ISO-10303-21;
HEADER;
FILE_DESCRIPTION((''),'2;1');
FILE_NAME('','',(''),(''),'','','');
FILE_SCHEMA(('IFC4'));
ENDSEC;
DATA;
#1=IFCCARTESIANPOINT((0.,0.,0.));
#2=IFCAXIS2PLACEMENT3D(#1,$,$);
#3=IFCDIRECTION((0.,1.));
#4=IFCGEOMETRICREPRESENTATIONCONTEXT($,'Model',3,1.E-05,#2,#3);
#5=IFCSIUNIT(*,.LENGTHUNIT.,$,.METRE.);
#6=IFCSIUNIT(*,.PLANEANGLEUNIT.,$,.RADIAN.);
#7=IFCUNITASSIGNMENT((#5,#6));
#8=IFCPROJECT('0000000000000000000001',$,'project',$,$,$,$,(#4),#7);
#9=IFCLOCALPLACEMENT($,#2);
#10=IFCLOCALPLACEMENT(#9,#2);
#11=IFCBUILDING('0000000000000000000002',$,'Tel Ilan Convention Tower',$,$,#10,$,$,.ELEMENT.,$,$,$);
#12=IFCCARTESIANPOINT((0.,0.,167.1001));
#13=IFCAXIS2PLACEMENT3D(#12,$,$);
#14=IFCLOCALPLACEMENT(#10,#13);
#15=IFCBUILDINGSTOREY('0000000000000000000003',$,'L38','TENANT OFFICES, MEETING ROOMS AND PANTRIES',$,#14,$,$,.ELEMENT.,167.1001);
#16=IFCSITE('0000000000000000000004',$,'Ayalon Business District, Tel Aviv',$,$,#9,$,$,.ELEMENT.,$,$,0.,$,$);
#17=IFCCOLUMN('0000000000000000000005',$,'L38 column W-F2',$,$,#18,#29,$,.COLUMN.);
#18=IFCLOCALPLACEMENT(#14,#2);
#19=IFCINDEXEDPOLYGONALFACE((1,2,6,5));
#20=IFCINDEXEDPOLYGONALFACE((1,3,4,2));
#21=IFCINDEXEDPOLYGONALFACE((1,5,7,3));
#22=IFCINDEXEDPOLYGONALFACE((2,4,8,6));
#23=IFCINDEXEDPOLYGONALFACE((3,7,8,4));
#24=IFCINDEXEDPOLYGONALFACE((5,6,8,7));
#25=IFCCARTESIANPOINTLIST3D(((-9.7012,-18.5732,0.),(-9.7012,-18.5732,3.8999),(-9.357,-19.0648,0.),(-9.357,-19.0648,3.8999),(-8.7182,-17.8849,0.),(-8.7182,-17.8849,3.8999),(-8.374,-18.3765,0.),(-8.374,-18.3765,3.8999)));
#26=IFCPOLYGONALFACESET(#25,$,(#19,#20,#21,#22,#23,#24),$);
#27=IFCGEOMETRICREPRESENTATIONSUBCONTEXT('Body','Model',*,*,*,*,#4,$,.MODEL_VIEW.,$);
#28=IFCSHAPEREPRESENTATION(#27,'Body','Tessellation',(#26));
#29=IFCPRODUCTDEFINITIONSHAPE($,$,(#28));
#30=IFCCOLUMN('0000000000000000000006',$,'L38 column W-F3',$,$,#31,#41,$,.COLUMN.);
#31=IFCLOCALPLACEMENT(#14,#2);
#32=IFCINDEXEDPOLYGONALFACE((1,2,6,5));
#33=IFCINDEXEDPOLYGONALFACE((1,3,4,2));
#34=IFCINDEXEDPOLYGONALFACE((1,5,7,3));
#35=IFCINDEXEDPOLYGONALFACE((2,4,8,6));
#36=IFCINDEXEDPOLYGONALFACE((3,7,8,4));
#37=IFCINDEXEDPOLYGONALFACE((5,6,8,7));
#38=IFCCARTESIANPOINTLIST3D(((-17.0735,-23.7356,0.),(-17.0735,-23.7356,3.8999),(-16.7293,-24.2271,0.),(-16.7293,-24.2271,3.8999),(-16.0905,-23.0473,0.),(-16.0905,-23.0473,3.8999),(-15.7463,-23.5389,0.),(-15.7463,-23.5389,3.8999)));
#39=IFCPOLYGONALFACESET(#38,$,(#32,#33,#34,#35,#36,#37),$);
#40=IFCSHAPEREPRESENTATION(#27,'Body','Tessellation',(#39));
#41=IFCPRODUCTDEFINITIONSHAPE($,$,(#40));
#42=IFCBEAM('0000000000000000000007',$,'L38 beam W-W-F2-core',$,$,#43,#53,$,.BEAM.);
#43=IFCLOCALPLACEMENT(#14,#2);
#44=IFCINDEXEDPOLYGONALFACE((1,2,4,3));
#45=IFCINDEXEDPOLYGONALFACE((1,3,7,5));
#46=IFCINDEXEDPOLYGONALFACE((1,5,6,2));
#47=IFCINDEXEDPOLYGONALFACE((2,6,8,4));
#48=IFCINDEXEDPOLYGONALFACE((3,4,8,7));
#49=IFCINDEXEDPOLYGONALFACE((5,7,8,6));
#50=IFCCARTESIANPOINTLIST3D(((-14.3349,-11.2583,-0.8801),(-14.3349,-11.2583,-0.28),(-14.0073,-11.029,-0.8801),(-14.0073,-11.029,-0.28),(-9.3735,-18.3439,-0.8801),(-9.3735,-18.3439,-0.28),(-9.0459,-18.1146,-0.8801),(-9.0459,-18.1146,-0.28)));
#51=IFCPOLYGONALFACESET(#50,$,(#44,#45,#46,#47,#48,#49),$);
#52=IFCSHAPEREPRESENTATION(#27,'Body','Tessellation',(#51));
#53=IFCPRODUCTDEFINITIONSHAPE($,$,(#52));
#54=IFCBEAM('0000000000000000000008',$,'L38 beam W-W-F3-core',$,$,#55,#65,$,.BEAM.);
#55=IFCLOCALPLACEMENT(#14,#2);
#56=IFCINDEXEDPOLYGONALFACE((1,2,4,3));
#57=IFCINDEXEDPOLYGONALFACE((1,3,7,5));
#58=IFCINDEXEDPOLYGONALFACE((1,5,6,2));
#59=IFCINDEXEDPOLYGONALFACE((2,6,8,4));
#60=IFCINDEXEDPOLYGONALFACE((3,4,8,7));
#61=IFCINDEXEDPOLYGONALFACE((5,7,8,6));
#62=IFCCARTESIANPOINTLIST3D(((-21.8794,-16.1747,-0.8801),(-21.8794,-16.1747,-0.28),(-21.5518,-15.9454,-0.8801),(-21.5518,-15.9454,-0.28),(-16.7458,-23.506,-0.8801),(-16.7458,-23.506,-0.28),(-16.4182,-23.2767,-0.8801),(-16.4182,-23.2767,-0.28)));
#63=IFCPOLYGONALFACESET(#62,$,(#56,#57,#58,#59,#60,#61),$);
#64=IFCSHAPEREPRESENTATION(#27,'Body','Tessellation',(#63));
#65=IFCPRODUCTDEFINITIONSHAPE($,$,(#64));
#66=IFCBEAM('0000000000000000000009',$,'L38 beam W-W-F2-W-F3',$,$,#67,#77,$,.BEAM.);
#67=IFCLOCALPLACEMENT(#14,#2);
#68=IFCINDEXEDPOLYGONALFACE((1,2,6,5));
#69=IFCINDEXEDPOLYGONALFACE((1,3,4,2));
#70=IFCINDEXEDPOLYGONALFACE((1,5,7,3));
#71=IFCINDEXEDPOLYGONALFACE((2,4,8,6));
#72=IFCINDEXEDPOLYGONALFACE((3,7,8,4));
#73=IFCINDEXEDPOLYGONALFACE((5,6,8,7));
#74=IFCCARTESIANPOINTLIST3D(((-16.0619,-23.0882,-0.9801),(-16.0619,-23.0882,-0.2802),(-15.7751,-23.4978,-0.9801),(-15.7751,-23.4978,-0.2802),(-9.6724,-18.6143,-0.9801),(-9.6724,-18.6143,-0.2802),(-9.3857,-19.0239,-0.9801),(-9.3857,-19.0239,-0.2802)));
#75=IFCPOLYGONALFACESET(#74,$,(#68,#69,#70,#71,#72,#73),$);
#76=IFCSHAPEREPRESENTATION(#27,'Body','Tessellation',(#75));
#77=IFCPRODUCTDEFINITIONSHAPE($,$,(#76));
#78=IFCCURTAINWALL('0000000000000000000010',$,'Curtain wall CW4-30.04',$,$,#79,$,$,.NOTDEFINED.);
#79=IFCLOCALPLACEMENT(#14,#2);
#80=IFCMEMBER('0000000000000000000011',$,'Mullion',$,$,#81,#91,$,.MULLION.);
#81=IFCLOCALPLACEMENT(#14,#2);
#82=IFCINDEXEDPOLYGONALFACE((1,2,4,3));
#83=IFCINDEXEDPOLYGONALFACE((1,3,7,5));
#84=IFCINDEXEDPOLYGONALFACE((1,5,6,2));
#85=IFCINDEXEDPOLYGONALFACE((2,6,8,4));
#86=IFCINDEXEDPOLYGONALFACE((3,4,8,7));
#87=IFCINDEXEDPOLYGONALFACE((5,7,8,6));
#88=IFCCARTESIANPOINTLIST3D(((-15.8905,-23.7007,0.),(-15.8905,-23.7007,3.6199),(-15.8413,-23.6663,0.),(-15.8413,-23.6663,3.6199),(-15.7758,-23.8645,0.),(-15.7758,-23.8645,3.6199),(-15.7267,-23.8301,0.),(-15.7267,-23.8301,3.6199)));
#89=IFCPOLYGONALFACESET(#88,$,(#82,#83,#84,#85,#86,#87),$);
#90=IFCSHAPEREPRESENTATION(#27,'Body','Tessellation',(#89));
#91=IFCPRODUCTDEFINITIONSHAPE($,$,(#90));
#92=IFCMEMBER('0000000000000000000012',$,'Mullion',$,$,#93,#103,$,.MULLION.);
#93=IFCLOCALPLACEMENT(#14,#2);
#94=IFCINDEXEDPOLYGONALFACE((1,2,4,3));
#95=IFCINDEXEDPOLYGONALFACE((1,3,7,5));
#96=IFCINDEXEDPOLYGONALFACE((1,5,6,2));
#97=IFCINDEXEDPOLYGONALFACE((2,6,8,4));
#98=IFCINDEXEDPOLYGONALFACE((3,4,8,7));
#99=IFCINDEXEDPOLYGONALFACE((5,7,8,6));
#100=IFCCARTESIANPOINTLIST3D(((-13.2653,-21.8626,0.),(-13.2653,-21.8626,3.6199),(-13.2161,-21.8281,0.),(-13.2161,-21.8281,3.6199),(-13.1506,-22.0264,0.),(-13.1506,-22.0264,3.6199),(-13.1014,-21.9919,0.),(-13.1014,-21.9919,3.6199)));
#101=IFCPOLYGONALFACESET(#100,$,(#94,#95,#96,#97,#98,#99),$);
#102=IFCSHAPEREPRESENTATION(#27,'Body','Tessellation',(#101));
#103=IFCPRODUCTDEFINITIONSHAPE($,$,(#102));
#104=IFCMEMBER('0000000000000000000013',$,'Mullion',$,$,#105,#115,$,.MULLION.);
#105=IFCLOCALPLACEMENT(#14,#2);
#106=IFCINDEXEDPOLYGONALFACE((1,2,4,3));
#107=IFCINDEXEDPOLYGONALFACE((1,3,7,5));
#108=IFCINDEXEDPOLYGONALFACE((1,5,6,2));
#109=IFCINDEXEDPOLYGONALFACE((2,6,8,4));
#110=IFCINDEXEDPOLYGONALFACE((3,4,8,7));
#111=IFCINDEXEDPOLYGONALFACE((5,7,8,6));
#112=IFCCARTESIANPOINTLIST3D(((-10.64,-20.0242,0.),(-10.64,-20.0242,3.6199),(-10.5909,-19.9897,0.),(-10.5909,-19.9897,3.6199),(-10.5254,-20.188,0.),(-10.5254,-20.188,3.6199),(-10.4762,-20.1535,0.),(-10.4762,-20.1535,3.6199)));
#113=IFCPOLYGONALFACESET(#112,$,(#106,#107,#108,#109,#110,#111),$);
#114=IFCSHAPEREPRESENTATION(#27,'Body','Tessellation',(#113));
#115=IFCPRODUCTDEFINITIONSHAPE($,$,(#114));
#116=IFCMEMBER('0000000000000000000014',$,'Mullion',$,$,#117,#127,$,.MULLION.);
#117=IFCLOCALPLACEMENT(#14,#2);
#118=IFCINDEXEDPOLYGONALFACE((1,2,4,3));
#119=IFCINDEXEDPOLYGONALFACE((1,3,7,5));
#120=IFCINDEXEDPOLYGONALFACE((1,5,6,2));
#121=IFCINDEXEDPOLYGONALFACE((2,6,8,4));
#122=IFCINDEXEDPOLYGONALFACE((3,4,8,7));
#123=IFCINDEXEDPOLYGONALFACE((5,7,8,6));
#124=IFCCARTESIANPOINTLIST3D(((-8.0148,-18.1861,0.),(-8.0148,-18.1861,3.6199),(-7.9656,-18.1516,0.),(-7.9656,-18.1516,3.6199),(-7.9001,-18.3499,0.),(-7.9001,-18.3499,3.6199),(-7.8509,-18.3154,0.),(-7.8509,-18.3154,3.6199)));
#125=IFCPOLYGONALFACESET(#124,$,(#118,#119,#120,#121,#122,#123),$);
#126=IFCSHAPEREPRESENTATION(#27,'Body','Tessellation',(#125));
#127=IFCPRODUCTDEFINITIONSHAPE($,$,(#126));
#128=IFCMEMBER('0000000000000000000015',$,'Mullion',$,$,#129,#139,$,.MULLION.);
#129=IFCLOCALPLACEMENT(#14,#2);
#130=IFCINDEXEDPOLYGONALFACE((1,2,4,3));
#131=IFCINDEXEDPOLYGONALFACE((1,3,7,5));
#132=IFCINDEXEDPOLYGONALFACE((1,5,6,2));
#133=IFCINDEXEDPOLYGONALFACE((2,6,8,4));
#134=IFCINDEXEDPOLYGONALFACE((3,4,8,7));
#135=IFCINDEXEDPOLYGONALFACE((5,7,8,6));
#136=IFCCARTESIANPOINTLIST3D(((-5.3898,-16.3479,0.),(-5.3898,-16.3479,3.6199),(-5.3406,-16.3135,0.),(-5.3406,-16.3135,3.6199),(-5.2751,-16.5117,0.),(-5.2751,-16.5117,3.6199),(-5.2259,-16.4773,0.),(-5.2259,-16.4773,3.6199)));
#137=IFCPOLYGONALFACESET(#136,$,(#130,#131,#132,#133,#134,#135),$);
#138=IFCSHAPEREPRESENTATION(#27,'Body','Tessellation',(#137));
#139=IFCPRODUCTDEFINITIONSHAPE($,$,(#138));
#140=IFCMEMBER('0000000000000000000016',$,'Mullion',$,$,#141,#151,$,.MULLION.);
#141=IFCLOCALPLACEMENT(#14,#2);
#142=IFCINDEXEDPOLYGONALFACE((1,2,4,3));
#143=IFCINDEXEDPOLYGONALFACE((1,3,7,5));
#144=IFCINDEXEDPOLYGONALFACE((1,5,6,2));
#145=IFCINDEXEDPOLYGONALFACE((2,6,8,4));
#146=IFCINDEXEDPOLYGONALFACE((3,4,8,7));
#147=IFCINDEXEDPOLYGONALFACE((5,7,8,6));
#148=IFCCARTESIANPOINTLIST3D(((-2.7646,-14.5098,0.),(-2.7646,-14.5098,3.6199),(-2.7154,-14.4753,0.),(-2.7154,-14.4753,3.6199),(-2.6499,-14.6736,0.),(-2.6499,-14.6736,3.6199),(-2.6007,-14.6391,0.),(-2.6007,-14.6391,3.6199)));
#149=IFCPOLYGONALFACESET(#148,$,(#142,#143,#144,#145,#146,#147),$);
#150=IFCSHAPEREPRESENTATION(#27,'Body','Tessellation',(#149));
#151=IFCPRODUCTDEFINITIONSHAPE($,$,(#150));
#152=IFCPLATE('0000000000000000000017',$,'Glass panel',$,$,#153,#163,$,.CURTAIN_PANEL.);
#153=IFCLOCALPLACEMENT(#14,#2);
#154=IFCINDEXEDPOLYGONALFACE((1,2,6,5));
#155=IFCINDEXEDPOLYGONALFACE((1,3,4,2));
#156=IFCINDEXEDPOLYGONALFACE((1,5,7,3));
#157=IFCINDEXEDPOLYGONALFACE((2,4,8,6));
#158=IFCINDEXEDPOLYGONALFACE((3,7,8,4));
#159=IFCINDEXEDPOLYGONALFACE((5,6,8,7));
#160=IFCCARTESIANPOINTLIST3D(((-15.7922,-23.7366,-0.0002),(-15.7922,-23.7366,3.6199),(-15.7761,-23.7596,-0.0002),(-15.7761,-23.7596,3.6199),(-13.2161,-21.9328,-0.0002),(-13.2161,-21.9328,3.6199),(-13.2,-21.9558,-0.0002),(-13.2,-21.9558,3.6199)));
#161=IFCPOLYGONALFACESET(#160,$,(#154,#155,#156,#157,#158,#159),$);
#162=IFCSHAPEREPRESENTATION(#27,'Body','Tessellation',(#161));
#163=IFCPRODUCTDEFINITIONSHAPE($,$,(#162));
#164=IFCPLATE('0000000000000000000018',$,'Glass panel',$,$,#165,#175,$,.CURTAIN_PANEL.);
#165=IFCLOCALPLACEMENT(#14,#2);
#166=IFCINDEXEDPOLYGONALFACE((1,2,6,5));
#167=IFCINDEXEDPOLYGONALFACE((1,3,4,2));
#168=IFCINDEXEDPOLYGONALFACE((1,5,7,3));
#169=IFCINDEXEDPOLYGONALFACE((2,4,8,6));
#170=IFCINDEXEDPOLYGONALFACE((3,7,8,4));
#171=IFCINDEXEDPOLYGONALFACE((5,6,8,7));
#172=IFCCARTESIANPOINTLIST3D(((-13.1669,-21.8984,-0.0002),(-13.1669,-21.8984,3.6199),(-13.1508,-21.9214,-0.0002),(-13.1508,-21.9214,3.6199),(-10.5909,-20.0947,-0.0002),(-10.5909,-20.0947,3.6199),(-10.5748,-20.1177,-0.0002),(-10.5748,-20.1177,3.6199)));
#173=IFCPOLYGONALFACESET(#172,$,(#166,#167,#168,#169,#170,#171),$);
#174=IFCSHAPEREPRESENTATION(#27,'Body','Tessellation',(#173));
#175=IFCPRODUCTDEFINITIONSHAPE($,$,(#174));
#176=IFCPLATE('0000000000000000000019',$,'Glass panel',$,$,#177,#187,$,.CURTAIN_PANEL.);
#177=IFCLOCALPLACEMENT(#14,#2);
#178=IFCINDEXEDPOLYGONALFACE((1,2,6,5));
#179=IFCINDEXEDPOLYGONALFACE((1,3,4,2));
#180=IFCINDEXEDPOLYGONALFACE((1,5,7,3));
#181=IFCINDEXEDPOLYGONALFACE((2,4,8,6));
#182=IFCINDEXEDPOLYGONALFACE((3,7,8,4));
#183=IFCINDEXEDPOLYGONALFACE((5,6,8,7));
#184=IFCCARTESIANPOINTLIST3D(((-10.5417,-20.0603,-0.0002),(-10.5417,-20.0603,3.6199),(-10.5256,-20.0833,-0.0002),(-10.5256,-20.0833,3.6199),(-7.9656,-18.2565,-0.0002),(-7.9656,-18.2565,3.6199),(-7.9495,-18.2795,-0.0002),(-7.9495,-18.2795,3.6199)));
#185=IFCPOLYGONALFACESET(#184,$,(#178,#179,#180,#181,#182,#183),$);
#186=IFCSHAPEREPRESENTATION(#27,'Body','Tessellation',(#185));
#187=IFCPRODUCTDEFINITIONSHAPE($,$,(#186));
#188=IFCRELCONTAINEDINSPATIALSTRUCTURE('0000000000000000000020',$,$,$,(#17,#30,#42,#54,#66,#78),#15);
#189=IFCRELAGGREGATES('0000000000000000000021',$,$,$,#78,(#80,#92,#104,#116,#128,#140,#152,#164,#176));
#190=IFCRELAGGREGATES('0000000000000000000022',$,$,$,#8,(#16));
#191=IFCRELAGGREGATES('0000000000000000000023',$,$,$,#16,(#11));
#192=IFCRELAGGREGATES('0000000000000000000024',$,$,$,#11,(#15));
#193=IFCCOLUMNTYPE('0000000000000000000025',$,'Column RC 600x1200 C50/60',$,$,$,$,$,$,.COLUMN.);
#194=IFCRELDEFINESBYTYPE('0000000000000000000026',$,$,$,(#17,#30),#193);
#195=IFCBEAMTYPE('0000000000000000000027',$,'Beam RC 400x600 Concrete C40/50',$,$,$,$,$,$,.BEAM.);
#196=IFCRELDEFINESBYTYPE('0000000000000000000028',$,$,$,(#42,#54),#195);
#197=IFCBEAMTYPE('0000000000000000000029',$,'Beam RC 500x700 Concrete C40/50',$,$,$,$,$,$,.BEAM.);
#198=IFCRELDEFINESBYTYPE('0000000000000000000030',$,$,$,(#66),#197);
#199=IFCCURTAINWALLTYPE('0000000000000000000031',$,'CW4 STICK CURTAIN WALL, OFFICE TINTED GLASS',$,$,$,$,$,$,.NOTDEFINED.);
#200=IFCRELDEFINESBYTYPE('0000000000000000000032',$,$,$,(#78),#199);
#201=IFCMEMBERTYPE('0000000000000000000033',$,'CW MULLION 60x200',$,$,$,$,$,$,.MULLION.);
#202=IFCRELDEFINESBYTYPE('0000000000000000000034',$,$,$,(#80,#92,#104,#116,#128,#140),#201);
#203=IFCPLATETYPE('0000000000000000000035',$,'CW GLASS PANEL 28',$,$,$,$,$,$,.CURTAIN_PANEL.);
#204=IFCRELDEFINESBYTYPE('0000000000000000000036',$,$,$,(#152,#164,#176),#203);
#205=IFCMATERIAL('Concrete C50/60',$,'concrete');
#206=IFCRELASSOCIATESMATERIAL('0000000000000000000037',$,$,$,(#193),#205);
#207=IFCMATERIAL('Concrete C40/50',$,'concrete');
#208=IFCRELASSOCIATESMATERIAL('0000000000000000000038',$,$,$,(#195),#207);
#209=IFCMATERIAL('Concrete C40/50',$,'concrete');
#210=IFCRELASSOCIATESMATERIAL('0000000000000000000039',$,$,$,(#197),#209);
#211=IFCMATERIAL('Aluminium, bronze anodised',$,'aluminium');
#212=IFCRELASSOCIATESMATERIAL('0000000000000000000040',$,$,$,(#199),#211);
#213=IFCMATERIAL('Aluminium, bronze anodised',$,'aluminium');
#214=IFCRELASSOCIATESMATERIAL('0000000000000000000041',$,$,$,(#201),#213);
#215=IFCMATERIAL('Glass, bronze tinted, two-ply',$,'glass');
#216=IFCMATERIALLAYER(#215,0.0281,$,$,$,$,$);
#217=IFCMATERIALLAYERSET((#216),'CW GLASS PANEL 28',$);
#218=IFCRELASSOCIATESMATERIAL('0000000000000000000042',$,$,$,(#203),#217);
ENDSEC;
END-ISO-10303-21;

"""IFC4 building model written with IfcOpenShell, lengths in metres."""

from ifc_helpers import new_model, si_unit, direction, frame, origin, origin_2d, place, context, subcontext, project, spatial, rectangle, extrude, material, layer, layer_set, material_profile, profile_set, type_object, element, aggregate, save


model = new_model("IFC4")

# Units and contexts
model_context = context("Model", 3, precision=1e-05, world=origin(), true_north=direction((0.0, 1.0)))
body_context = subcontext(model_context, "Body", "Model", "MODEL_VIEW")
ifc_project = project(units=[si_unit("LENGTHUNIT", "METRE"), si_unit("PLANEANGLEUNIT", "RADIAN")], contexts=[model_context])

# Site, building, storey
site_placement = place(None, origin())
site = spatial("IfcSite", under=ifc_project, at=site_placement, Name="Ayalon Business District, Tel Aviv", CompositionType="ELEMENT", RefElevation=0.0)
building_placement = place(site_placement, origin())
building = spatial("IfcBuilding", under=site, at=building_placement, Name="Tel Ilan Convention Tower", CompositionType="ELEMENT")
storey_placement = place(building_placement, frame((0.0, 0.0, 167.1001)))
storey = spatial("IfcBuildingStorey", under=building, at=storey_placement, Name="L38", Description="TENANT OFFICES, MEETING ROOMS AND PANTRIES", CompositionType="ELEMENT", Elevation=167.1001)

# Columns
ifc_material_1 = material(Name="Concrete C50/60", Category="concrete")
ifc_material_profile_1 = material_profile(ifc_material_1, rectangle(XDim=1.2, YDim=0.6001, at=origin_2d()), Name="RC 600x1200")
ifc_profile_set_1 = profile_set([ifc_material_profile_1], Name="Concrete C50/60")
column_type = type_object("IfcColumnType", Name="Column RC 600x1200 C50/60", PredefinedType="COLUMN", material=ifc_profile_set_1)
for number, where, z_axis, x_axis, name in (
    (1, (-9.0376, -18.4749, 0.0), (0.0, 0.0, 1.0), (-0.819152, -0.573576, 0.0), "L38 column W-F2"),
    (2, (-16.4099, -23.6372, 0.0), (0.0, 0.0, 1.0), (-0.819152, -0.573576, 0.0), "L38 column W-F3"),
):
    element("IfcColumn", number, at=place(storey_placement, frame(where, z_axis=z_axis, x_axis=x_axis)), inside=storey, type_object=column_type, Name=name, PredefinedType="COLUMN", context=body_context, shape_type="SweptSolid", body=[
        extrude(rectangle(XDim=1.2, YDim=0.6001, at=origin_2d()), origin(), (0.0, 0.0, 1.0), 3.8999),
    ])

# Beams
ifc_material_2 = material(Name="Concrete C40/50", Category="concrete")
ifc_material_profile_2 = material_profile(ifc_material_2, rectangle(XDim=0.3999, YDim=0.6001, at=origin_2d()), Name="RC 400x600")
ifc_profile_set_2 = profile_set([ifc_material_profile_2], Name="Concrete C40/50")
beam_type_1 = type_object("IfcBeamType", Name="Beam RC 400x600 Concrete C40/50", PredefinedType="BEAM", material=ifc_profile_set_2)
beam_1_placement = place(storey_placement, frame((-9.2097, -18.2292, -0.5801), z_axis=(-0.573574, 0.819154, 0.0), x_axis=(-0.819154, -0.573574, 0.0)))
element("IfcBeam", 3, at=beam_1_placement, inside=storey, type_object=beam_type_1, Name="L38 beam W-W-F2-core", PredefinedType="BEAM", context=body_context, shape_type="SweptSolid", body=[
    extrude(rectangle(XDim=0.3999, YDim=0.6001, at=origin_2d()), origin(), (0.0, 0.0, 1.0), 8.6499),
])
beam_2_placement = place(storey_placement, frame((-16.582, -23.3914, -0.5801), z_axis=(-0.573585, 0.819146, 0.0), x_axis=(-0.819146, -0.573585, 0.0)))
element("IfcBeam", 4, at=beam_2_placement, inside=storey, type_object=beam_type_1, Name="L38 beam W-W-F3-core", PredefinedType="BEAM", context=body_context, shape_type="SweptSolid", body=[
    extrude(rectangle(XDim=0.3999, YDim=0.6001, at=origin_2d()), origin(), (0.0, 0.0, 1.0), 8.95),
])
ifc_material_3 = material(Name="Concrete C40/50", Category="concrete")
ifc_material_profile_3 = material_profile(ifc_material_3, rectangle(XDim=0.5, YDim=0.7, at=origin_2d()), Name="RC 500x700")
ifc_profile_set_3 = profile_set([ifc_material_profile_3], Name="Concrete C40/50")
beam_type_2 = type_object("IfcBeamType", Name="Beam RC 500x700 Concrete C40/50", PredefinedType="BEAM", material=ifc_profile_set_3)
beam_3_placement = place(storey_placement, frame((-9.5291, -18.8191, -0.6301), z_axis=(-0.819154, -0.573574, 0.0), x_axis=(0.573574, -0.819154, 0.0)))
element("IfcBeam", 5, at=beam_3_placement, inside=storey, type_object=beam_type_2, Name="L38 beam W-W-F2-W-F3", PredefinedType="BEAM", context=body_context, shape_type="SweptSolid", body=[
    extrude(rectangle(XDim=0.5, YDim=0.7, at=origin_2d()), origin(), (0.0, 0.0, 1.0), 7.8),
])

# Curtain wall, members, plates
ifc_material_4 = material(Name="Aluminium, bronze anodised", Category="aluminium")
curtain_wall_type = type_object("IfcCurtainWallType", Name="CW4 STICK CURTAIN WALL, OFFICE TINTED GLASS", PredefinedType="NOTDEFINED", material=ifc_material_4)
curtain_wall_placement = place(storey_placement, origin())
curtain_wall = element("IfcCurtainWall", 6, at=curtain_wall_placement, inside=storey, type_object=curtain_wall_type, Name="Curtain wall CW4-30.04", PredefinedType="NOTDEFINED")
ifc_material_5 = material(Name="Aluminium, bronze anodised", Category="aluminium")
ifc_material_profile_4 = material_profile(ifc_material_5, rectangle(XDim=0.0601, YDim=0.2, at=origin_2d()), Name="CW MULLION 60x200")
ifc_profile_set_4 = profile_set([ifc_material_profile_4], Name="Aluminium, bronze anodised")
member_type = type_object("IfcMemberType", Name="CW MULLION 60x200", PredefinedType="MULLION", material=ifc_profile_set_4)
member_1_placement = place(storey_placement, frame((-15.8086, -23.7654, 0.0), z_axis=(0.0, 0.0, 1.0), x_axis=(0.819152, 0.573576, 0.0)))
member_1 = element("IfcMember", 7, at=member_1_placement, type_object=member_type, Name="Mullion", PredefinedType="MULLION", context=body_context, shape_type="SweptSolid", body=[
    extrude(rectangle(XDim=0.0601, YDim=0.2, at=origin_2d()), origin(), (0.0, 0.0, 1.0), 3.6199),
])
member_2_placement = place(storey_placement, frame((-13.1833, -21.9272, 0.0), z_axis=(0.0, 0.0, 1.0), x_axis=(0.819152, 0.573576, 0.0)))
member_2 = element("IfcMember", 8, at=member_2_placement, type_object=member_type, Name="Mullion", PredefinedType="MULLION", context=body_context, shape_type="SweptSolid", body=[
    extrude(rectangle(XDim=0.0601, YDim=0.2, at=origin_2d()), origin(), (0.0, 0.0, 1.0), 3.6199),
])
member_3_placement = place(storey_placement, frame((-10.5581, -20.0889, 0.0), z_axis=(0.0, 0.0, 1.0), x_axis=(0.819152, 0.573576, 0.0)))
member_3 = element("IfcMember", 9, at=member_3_placement, type_object=member_type, Name="Mullion", PredefinedType="MULLION", context=body_context, shape_type="SweptSolid", body=[
    extrude(rectangle(XDim=0.0601, YDim=0.2, at=origin_2d()), origin(), (0.0, 0.0, 1.0), 3.6199),
])
member_4_placement = place(storey_placement, frame((-7.9329, -18.2507, 0.0), z_axis=(0.0, 0.0, 1.0), x_axis=(0.819152, 0.573576, 0.0)))
member_4 = element("IfcMember", 10, at=member_4_placement, type_object=member_type, Name="Mullion", PredefinedType="MULLION", context=body_context, shape_type="SweptSolid", body=[
    extrude(rectangle(XDim=0.0601, YDim=0.2, at=origin_2d()), origin(), (0.0, 0.0, 1.0), 3.6199),
])
member_5_placement = place(storey_placement, frame((-5.3079, -16.4126, 0.0), z_axis=(0.0, 0.0, 1.0), x_axis=(0.819152, 0.573576, 0.0)))
member_5 = element("IfcMember", 11, at=member_5_placement, type_object=member_type, Name="Mullion", PredefinedType="MULLION", context=body_context, shape_type="SweptSolid", body=[
    extrude(rectangle(XDim=0.0601, YDim=0.2, at=origin_2d()), origin(), (0.0, 0.0, 1.0), 3.6199),
])
member_6_placement = place(storey_placement, frame((-2.6826, -14.5745, 0.0), z_axis=(0.0, 0.0, 1.0), x_axis=(0.819152, 0.573576, 0.0)))
member_6 = element("IfcMember", 12, at=member_6_placement, type_object=member_type, Name="Mullion", PredefinedType="MULLION", context=body_context, shape_type="SweptSolid", body=[
    extrude(rectangle(XDim=0.0601, YDim=0.2, at=origin_2d()), origin(), (0.0, 0.0, 1.0), 3.6199),
])
ifc_material_6 = material(Name="Glass, bronze tinted, two-ply", Category="glass")
ifc_layer_1 = layer(ifc_material_6, 0.0281)
ifc_layer_set_1 = layer_set([ifc_layer_1], Name="CW GLASS PANEL 28")
plate_type = type_object("IfcPlateType", Name="CW GLASS PANEL 28", PredefinedType="CURTAIN_PANEL", material=ifc_layer_set_1)
plate_1_placement = place(storey_placement, frame((-14.4961, -22.8462, -0.0002), z_axis=(0.0, 0.0, 1.0), x_axis=(0.819152, 0.573576, 0.0)))
plate_1 = element("IfcPlate", 13, at=plate_1_placement, type_object=plate_type, Name="Glass panel", PredefinedType="CURTAIN_PANEL", context=body_context, shape_type="SweptSolid", body=[
    extrude(rectangle(XDim=3.1448, YDim=0.0281, at=origin_2d()), origin(), (0.0, 0.0, 1.0), 3.6201),
])
plate_2_placement = place(storey_placement, frame((-11.8708, -21.0081, -0.0002), z_axis=(0.0, 0.0, 1.0), x_axis=(0.819152, 0.573576, 0.0)))
plate_2 = element("IfcPlate", 14, at=plate_2_placement, type_object=plate_type, Name="Glass panel", PredefinedType="CURTAIN_PANEL", context=body_context, shape_type="SweptSolid", body=[
    extrude(rectangle(XDim=3.1448, YDim=0.0281, at=origin_2d()), origin(), (0.0, 0.0, 1.0), 3.6201),
])
plate_3_placement = place(storey_placement, frame((-9.2456, -19.1699, -0.0002), z_axis=(0.0, 0.0, 1.0), x_axis=(0.819152, 0.573576, 0.0)))
plate_3 = element("IfcPlate", 15, at=plate_3_placement, type_object=plate_type, Name="Glass panel", PredefinedType="CURTAIN_PANEL", context=body_context, shape_type="SweptSolid", body=[
    extrude(rectangle(XDim=3.1448, YDim=0.0281, at=origin_2d()), origin(), (0.0, 0.0, 1.0), 3.6201),
])
aggregate(curtain_wall, [member_1, member_2, member_3, member_4, member_5, member_6, plate_1, plate_2, plate_3])

save(model, "model.ifc")
